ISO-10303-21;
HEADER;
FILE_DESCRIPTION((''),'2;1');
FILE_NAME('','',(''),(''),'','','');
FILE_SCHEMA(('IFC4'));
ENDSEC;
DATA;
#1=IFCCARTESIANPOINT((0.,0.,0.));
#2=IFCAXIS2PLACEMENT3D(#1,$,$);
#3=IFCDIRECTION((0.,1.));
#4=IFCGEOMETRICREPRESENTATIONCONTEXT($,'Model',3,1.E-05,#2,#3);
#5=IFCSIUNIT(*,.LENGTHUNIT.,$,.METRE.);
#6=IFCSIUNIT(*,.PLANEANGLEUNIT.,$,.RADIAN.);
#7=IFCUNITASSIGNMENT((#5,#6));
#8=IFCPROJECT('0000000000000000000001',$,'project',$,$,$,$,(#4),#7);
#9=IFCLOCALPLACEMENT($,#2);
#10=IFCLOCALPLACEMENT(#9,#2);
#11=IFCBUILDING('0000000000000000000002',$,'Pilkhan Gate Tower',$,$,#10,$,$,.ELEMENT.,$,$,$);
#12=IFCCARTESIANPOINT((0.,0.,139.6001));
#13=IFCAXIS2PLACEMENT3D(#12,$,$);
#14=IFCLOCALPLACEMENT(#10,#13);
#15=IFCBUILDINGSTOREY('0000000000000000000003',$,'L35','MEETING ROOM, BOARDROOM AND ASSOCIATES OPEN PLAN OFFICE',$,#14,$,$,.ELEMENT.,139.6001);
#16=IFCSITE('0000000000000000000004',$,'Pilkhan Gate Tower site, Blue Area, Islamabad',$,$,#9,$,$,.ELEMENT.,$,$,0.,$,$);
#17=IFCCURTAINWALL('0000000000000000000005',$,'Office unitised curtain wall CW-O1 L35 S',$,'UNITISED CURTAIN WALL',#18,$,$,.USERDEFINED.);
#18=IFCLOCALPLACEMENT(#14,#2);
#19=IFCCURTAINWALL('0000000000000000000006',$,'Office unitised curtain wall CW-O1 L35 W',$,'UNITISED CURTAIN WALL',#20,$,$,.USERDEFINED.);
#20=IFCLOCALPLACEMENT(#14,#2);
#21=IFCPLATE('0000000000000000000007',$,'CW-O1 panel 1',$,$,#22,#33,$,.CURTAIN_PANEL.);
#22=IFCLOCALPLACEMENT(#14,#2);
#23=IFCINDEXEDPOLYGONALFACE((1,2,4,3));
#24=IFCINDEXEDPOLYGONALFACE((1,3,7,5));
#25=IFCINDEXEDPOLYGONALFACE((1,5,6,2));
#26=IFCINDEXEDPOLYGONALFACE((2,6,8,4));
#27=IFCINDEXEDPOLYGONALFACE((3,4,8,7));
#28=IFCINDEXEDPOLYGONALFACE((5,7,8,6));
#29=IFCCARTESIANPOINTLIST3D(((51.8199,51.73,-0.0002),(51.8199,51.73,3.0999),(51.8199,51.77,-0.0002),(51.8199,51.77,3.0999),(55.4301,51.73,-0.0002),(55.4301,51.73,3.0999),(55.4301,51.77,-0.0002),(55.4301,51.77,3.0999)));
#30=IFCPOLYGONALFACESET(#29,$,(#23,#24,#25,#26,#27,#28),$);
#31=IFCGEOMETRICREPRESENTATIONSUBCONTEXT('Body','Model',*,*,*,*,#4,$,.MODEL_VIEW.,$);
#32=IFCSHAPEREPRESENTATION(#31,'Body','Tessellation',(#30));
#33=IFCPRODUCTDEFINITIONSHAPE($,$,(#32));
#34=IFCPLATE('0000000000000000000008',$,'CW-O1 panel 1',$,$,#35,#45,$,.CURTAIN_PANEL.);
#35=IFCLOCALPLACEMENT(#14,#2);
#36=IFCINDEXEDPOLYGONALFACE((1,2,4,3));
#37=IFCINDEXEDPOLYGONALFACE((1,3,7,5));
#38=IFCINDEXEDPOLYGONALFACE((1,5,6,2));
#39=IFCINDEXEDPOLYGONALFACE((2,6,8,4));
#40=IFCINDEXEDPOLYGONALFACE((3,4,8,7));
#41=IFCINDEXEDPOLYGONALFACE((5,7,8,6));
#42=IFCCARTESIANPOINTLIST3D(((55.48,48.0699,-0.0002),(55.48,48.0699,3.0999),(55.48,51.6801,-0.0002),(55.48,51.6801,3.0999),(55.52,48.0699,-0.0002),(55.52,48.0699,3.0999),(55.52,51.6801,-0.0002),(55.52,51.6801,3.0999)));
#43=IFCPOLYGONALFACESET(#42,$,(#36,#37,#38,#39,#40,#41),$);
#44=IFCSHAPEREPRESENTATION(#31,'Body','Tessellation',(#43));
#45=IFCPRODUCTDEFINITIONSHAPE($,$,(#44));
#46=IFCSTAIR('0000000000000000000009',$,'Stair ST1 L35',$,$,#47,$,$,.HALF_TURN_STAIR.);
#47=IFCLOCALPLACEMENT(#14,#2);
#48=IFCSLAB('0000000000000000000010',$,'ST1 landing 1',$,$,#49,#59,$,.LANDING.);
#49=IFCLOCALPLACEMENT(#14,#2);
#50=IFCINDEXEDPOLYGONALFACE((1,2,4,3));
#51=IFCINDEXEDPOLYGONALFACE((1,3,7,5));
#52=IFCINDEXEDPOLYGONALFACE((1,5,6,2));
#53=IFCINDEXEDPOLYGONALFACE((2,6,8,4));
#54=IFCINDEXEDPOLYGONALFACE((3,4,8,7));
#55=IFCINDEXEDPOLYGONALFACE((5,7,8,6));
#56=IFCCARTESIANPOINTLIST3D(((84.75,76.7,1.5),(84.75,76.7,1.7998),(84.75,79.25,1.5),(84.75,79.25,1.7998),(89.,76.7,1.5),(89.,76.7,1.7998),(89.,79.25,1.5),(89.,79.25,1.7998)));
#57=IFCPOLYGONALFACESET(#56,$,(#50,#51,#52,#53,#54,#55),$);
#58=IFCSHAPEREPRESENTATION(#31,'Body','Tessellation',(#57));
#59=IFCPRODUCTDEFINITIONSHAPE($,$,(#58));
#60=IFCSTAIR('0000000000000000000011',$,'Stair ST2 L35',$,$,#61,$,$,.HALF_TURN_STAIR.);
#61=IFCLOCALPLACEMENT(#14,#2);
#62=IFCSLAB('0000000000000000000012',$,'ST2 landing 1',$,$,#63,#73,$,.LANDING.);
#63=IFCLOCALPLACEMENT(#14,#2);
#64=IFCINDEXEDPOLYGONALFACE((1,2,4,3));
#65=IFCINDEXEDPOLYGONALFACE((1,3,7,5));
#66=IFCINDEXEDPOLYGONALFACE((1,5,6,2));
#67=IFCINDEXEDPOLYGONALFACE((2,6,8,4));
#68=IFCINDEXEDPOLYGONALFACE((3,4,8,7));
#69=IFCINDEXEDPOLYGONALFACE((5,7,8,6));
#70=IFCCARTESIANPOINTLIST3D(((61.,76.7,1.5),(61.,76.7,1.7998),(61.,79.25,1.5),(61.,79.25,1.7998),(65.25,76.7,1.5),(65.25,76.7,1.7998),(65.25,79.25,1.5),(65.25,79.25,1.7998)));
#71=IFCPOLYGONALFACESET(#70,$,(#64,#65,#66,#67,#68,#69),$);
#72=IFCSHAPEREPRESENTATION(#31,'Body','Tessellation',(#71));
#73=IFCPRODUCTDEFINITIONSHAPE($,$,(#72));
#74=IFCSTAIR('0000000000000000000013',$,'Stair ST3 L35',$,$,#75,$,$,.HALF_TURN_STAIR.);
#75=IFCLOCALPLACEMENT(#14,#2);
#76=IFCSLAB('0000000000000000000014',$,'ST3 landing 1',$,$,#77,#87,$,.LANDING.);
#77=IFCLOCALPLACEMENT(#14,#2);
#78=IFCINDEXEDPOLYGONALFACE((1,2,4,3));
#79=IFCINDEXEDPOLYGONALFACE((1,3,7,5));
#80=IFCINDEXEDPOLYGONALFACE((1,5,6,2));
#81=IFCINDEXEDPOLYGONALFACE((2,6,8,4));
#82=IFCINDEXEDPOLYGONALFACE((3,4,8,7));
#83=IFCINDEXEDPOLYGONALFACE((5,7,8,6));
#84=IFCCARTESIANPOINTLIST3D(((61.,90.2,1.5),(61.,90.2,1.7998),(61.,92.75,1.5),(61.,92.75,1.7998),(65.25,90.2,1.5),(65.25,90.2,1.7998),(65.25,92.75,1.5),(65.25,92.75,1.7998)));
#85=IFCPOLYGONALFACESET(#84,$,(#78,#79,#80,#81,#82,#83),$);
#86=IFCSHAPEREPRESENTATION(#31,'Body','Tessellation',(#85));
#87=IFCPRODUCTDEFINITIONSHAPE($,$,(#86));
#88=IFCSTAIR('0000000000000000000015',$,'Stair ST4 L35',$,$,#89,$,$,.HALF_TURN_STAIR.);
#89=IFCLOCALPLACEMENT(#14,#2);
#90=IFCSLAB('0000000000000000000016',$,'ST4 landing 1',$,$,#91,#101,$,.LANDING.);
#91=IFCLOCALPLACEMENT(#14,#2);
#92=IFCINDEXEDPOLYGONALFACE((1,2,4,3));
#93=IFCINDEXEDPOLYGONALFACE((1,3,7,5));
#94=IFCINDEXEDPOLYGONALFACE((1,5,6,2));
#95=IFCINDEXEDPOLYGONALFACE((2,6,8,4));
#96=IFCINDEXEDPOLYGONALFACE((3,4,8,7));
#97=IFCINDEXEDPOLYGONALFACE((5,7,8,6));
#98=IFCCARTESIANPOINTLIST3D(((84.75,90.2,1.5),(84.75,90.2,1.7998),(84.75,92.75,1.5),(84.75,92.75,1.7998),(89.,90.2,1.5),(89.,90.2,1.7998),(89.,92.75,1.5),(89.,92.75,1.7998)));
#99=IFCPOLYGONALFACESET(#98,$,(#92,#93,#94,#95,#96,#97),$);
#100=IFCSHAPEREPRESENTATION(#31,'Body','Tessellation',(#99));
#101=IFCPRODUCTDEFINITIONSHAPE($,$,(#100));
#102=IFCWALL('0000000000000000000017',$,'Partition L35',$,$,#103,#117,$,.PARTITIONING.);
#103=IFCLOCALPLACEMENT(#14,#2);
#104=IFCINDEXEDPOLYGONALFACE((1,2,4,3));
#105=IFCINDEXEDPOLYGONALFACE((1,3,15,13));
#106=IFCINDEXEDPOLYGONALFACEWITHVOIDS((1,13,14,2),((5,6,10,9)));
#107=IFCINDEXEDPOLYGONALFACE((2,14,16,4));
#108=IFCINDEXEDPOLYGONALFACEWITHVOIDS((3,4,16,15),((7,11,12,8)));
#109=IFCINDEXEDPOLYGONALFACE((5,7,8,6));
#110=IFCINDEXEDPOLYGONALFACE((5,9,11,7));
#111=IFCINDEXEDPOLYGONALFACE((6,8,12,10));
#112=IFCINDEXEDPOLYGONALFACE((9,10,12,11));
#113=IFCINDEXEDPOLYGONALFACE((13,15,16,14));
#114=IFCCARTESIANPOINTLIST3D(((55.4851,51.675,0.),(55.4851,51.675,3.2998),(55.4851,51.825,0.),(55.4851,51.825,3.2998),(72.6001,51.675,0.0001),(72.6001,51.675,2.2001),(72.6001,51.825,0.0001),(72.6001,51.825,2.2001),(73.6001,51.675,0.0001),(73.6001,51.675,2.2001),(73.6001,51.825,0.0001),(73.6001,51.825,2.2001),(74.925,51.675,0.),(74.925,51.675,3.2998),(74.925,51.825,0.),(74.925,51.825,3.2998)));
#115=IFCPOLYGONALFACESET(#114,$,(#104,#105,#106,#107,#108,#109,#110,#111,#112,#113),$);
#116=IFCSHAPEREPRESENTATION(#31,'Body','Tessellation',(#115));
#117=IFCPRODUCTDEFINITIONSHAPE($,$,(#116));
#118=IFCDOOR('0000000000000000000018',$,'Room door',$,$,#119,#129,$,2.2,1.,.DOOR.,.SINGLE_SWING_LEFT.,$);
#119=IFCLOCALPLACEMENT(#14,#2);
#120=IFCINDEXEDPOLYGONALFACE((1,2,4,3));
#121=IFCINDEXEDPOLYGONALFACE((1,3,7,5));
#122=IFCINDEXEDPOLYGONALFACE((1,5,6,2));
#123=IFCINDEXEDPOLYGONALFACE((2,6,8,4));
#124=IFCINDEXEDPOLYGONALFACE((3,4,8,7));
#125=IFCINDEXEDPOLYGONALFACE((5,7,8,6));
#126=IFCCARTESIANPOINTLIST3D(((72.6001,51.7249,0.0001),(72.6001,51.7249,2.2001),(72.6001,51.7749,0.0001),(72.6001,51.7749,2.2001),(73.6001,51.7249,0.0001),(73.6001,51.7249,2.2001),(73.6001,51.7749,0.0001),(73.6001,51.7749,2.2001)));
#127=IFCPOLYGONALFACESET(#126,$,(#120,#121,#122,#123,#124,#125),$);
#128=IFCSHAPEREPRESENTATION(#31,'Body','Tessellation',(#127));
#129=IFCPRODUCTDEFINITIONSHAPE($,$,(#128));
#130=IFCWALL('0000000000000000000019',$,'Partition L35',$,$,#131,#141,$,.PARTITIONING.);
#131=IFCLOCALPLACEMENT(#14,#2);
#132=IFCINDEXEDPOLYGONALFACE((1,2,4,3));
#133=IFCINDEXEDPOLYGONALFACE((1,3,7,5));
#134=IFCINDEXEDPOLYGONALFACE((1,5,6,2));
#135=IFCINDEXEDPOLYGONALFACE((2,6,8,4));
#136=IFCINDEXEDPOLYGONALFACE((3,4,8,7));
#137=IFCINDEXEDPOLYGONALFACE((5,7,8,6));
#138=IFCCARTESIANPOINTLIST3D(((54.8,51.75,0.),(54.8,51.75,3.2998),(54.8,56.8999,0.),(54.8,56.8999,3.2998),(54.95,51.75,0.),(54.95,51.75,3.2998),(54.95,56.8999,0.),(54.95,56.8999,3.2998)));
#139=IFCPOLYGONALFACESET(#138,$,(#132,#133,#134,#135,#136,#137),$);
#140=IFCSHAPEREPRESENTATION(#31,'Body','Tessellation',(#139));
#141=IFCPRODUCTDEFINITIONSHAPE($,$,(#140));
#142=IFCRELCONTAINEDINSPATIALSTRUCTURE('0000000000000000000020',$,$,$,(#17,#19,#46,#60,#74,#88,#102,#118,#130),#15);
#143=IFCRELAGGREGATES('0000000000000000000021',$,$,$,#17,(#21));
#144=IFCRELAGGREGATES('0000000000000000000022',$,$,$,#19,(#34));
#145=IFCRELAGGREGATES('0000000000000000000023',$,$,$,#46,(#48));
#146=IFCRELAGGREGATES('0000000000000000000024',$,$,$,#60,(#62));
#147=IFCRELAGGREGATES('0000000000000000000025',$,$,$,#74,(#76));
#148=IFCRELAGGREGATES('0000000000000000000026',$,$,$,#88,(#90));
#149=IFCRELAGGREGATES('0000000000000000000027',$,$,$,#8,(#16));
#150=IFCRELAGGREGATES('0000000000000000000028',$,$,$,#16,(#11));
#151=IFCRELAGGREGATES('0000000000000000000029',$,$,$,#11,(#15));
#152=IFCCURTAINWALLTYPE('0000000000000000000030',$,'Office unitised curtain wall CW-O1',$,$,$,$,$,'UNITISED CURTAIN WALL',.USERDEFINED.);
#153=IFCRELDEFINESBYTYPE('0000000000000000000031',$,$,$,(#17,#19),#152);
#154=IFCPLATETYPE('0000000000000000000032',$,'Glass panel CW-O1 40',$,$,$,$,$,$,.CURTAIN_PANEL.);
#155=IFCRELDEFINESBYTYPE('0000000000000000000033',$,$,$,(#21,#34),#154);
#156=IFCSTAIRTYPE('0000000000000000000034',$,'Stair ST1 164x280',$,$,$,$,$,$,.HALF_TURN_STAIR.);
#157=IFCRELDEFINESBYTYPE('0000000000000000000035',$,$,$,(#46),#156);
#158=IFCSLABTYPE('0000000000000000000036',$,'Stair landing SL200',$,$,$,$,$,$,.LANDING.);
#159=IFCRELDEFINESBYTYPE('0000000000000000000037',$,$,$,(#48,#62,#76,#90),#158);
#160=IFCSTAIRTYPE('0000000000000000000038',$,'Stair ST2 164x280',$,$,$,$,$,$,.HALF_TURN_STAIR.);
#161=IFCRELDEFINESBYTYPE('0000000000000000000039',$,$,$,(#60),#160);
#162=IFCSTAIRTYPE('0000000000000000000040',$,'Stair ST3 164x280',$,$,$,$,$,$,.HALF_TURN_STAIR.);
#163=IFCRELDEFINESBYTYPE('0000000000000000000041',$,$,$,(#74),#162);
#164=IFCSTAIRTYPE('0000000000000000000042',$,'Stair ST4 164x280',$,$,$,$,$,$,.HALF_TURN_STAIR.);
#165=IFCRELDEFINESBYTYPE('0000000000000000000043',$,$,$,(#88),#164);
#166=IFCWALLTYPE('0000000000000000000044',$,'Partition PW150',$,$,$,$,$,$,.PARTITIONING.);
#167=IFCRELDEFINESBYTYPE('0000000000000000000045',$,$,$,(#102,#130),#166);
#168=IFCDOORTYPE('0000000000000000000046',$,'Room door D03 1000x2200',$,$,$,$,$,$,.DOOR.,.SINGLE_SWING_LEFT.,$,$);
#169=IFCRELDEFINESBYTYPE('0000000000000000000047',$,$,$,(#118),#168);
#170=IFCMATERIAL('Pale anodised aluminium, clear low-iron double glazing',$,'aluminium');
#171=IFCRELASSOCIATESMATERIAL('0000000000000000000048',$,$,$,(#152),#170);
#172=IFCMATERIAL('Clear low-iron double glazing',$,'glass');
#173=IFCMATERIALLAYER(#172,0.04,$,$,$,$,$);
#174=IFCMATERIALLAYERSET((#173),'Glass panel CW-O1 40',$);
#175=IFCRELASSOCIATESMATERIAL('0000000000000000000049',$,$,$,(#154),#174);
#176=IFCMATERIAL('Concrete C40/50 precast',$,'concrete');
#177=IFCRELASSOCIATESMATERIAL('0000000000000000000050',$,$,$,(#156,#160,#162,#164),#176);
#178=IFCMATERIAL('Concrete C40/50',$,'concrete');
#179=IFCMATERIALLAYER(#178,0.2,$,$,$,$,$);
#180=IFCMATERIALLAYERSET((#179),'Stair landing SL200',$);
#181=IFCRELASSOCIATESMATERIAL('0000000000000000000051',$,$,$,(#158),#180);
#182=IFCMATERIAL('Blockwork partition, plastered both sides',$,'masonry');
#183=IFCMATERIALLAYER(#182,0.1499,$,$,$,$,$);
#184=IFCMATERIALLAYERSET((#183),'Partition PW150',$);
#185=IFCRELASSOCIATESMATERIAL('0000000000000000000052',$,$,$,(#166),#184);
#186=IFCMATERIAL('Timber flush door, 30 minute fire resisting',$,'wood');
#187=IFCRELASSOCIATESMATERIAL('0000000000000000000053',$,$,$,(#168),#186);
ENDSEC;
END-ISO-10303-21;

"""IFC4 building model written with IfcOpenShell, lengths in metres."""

from ifc_helpers import new_model, si_unit, direction, frame, frame_2d, origin, origin_2d, place, context, subcontext, project, spatial, polyline, rectangle, outline, extrude, material, layer, layer_set, type_object, element, fill, aggregate, save


model = new_model("IFC4")

# Units and contexts
model_context = context("Model", 3, precision=1e-05, world=origin(), true_north=direction((0.0, 1.0)))
body_context = subcontext(model_context, "Body", "Model", "MODEL_VIEW")
ifc_project = project(units=[si_unit("LENGTHUNIT", "METRE"), si_unit("PLANEANGLEUNIT", "RADIAN")], contexts=[model_context])

# Site, building, storey
site_placement = place(None, origin())
site = spatial("IfcSite", under=ifc_project, at=site_placement, Name="Pilkhan Gate Tower site, Blue Area, Islamabad", CompositionType="ELEMENT", RefElevation=0.0)
building_placement = place(site_placement, origin())
building = spatial("IfcBuilding", under=site, at=building_placement, Name="Pilkhan Gate Tower", CompositionType="ELEMENT")
storey_placement = place(building_placement, frame((0.0, 0.0, 139.6001)))
storey = spatial("IfcBuildingStorey", under=building, at=storey_placement, Name="L35", Description="MEETING ROOM, BOARDROOM AND ASSOCIATES OPEN PLAN OFFICE", CompositionType="ELEMENT", Elevation=139.6001)

# Curtain walls
ifc_material_1 = material(Name="Pale anodised aluminium, clear low-iron double glazing", Category="aluminium")
curtain_wall_type = type_object("IfcCurtainWallType", Name="Office unitised curtain wall CW-O1", ElementType="UNITISED CURTAIN WALL", PredefinedType="USERDEFINED", material=ifc_material_1)
curtain_wall_1_placement = place(storey_placement, origin())
curtain_wall_1 = element("IfcCurtainWall", 1, at=curtain_wall_1_placement, inside=storey, type_object=curtain_wall_type, Name="Office unitised curtain wall CW-O1 L35 S", ObjectType="UNITISED CURTAIN WALL", PredefinedType="USERDEFINED")
curtain_wall_2_placement = place(storey_placement, origin())
curtain_wall_2 = element("IfcCurtainWall", 2, at=curtain_wall_2_placement, inside=storey, type_object=curtain_wall_type, Name="Office unitised curtain wall CW-O1 L35 W", ObjectType="UNITISED CURTAIN WALL", PredefinedType="USERDEFINED")

# Shared definitions
ifc_material_2 = material(Name="Concrete C40/50", Category="concrete")

# Plates
ifc_material_3 = material(Name="Clear low-iron double glazing", Category="glass")
ifc_layer_1 = layer(ifc_material_3, 0.04)
ifc_layer_set_1 = layer_set([ifc_layer_1], Name="Glass panel CW-O1 40")
plate_type = type_object("IfcPlateType", Name="Glass panel CW-O1 40", PredefinedType="CURTAIN_PANEL", material=ifc_layer_set_1)
plate_1_placement = place(storey_placement, frame((53.625, 51.75, -0.0002), z_axis=(0.0, 0.0, 1.0), x_axis=(1.0, 0.0, 0.0)))
plate_1 = element("IfcPlate", 3, at=plate_1_placement, type_object=plate_type, Name="CW-O1 panel 1", PredefinedType="CURTAIN_PANEL", context=body_context, shape_type="SweptSolid", body=[
    extrude(rectangle(XDim=3.6101, YDim=0.04, at=origin_2d()), origin(), (0.0, 0.0, 1.0), 3.1001),
])
aggregate(curtain_wall_1, [plate_1])
plate_2_placement = place(storey_placement, frame((55.5, 49.875, -0.0002), z_axis=(0.0, 0.0, 1.0), x_axis=(0.0, 1.0, 0.0)))
plate_2 = element("IfcPlate", 4, at=plate_2_placement, type_object=plate_type, Name="CW-O1 panel 1", PredefinedType="CURTAIN_PANEL", context=body_context, shape_type="SweptSolid", body=[
    extrude(rectangle(XDim=3.6101, YDim=0.04, at=origin_2d()), origin(), (0.0, 0.0, 1.0), 3.1001),
])
aggregate(curtain_wall_2, [plate_2])

# Stairs, slabs
ifc_material_4 = material(Name="Concrete C40/50 precast", Category="concrete")
stair_type_1 = type_object("IfcStairType", Name="Stair ST1 164x280", PredefinedType="HALF_TURN_STAIR", material=ifc_material_4)
stair_1_placement = place(storey_placement, origin())
stair_1 = element("IfcStair", 5, at=stair_1_placement, inside=storey, type_object=stair_type_1, Name="Stair ST1 L35", PredefinedType="HALF_TURN_STAIR")
ifc_layer_2 = layer(ifc_material_2, 0.2)
ifc_layer_set_2 = layer_set([ifc_layer_2], Name="Stair landing SL200")
slab_type_1 = type_object("IfcSlabType", Name="Stair landing SL200", PredefinedType="LANDING", material=ifc_layer_set_2)
slab_1_placement = place(storey_placement, frame((0.0, 0.0, 1.5)))
slab_1 = element("IfcSlab", 6, at=slab_1_placement, type_object=slab_type_1, Name="ST1 landing 1", PredefinedType="LANDING", context=body_context, shape_type="SweptSolid", body=[
    extrude(outline(polyline([(89.0, 76.7), (89.0, 79.25), (84.75, 79.25), (84.75, 76.7), (89.0, 76.7)])), origin(), (0.0, 0.0, 1.0), 0.2998),
])
aggregate(stair_1, [slab_1])
stair_type_2 = type_object("IfcStairType", Name="Stair ST2 164x280", PredefinedType="HALF_TURN_STAIR", material=ifc_material_4)
stair_2_placement = place(storey_placement, origin())
stair_2 = element("IfcStair", 7, at=stair_2_placement, inside=storey, type_object=stair_type_2, Name="Stair ST2 L35", PredefinedType="HALF_TURN_STAIR")
slab_2_placement = place(storey_placement, frame((0.0, 0.0, 1.5)))
slab_2 = element("IfcSlab", 8, at=slab_2_placement, type_object=slab_type_1, Name="ST2 landing 1", PredefinedType="LANDING", context=body_context, shape_type="SweptSolid", body=[
    extrude(outline(polyline([(65.25, 76.7), (65.25, 79.25), (61.0, 79.25), (61.0, 76.7), (65.25, 76.7)])), origin(), (0.0, 0.0, 1.0), 0.2998),
])
aggregate(stair_2, [slab_2])
stair_type_3 = type_object("IfcStairType", Name="Stair ST3 164x280", PredefinedType="HALF_TURN_STAIR", material=ifc_material_4)
stair_3_placement = place(storey_placement, origin())
stair_3 = element("IfcStair", 9, at=stair_3_placement, inside=storey, type_object=stair_type_3, Name="Stair ST3 L35", PredefinedType="HALF_TURN_STAIR")
slab_3_placement = place(storey_placement, frame((0.0, 0.0, 1.5)))
slab_3 = element("IfcSlab", 10, at=slab_3_placement, type_object=slab_type_1, Name="ST3 landing 1", PredefinedType="LANDING", context=body_context, shape_type="SweptSolid", body=[
    extrude(outline(polyline([(65.25, 90.2), (65.25, 92.75), (61.0, 92.75), (61.0, 90.2), (65.25, 90.2)])), origin(), (0.0, 0.0, 1.0), 0.2998),
])
aggregate(stair_3, [slab_3])
stair_type_4 = type_object("IfcStairType", Name="Stair ST4 164x280", PredefinedType="HALF_TURN_STAIR", material=ifc_material_4)
stair_4_placement = place(storey_placement, origin())
stair_4 = element("IfcStair", 11, at=stair_4_placement, inside=storey, type_object=stair_type_4, Name="Stair ST4 L35", PredefinedType="HALF_TURN_STAIR")
slab_4_placement = place(storey_placement, frame((0.0, 0.0, 1.5)))
slab_4 = element("IfcSlab", 12, at=slab_4_placement, type_object=slab_type_1, Name="ST4 landing 1", PredefinedType="LANDING", context=body_context, shape_type="SweptSolid", body=[
    extrude(outline(polyline([(89.0, 90.2), (89.0, 92.75), (84.75, 92.75), (84.75, 90.2), (89.0, 90.2)])), origin(), (0.0, 0.0, 1.0), 0.2998),
])
aggregate(stair_4, [slab_4])

# Wall, opening, door
ifc_material_5 = material(Name="Blockwork partition, plastered both sides", Category="masonry")
ifc_layer_3 = layer(ifc_material_5, 0.1499)
ifc_layer_set_3 = layer_set([ifc_layer_3], Name="Partition PW150")
wall_type = type_object("IfcWallType", Name="Partition PW150", PredefinedType="PARTITIONING", material=ifc_layer_set_3)
wall_1_placement = place(storey_placement, frame((55.4851, 51.75, 0.0), z_axis=(0.0, 0.0, 1.0), x_axis=(1.0, 0.0, 0.0)))
wall_1 = element("IfcWall", 13, at=wall_1_placement, inside=storey, type_object=wall_type, Name="Partition L35", PredefinedType="PARTITIONING", context=body_context, shape_type="SweptSolid", body=[
    extrude(rectangle(XDim=19.4399, YDim=0.1499, at=frame_2d((9.72, 0.0))), origin(), (0.0, 0.0, 1.0), 3.2998),
])
opening_placement = place(wall_1_placement, frame((17.115, 0.0, 0.0)))
opening = element("IfcOpeningElement", 14, at=opening_placement, cuts=wall_1, PredefinedType="OPENING", context=body_context, shape_type="SweptSolid", body=[
    extrude(rectangle(XDim=1.0, YDim=2.2, at=frame_2d((0.5, 1.1001))), frame((0.0, 0.085, 0.0), z_axis=(0.0, -1.0, 0.0), x_axis=(1.0, 0.0, 0.0)), (0.0, 0.0, 1.0), 0.1699),
])
ifc_material_6 = material(Name="Timber flush door, 30 minute fire resisting", Category="wood")
door_type = type_object("IfcDoorType", Name="Room door D03 1000x2200", OperationType="SINGLE_SWING_LEFT", PredefinedType="DOOR", material=ifc_material_6)
door_placement = place(opening_placement, origin())
door = element("IfcDoor", 15, at=door_placement, inside=storey, type_object=door_type, Name="Room door", OperationType="SINGLE_SWING_LEFT", OverallHeight=2.2, OverallWidth=1.0, PredefinedType="DOOR", context=body_context, shape_type="SweptSolid", body=[
    extrude(rectangle(XDim=1.0, YDim=2.2, at=frame_2d((0.5, 1.1001))), frame((0.0, 0.0249, 0.0), z_axis=(0.0, -1.0, 0.0), x_axis=(1.0, 0.0, 0.0)), (0.0, 0.0, 1.0), 0.05),
])
fill(opening, door)

# Wall
wall_2_placement = place(storey_placement, frame((54.875, 51.75, 0.0), z_axis=(0.0, 0.0, 1.0), x_axis=(0.0, 1.0, 0.0)))
element("IfcWall", 16, at=wall_2_placement, inside=storey, type_object=wall_type, Name="Partition L35", PredefinedType="PARTITIONING", context=body_context, shape_type="SweptSolid", body=[
    extrude(rectangle(XDim=5.1499, YDim=0.1499, at=frame_2d((2.575, 0.0))), origin(), (0.0, 0.0, 1.0), 3.2998),
])

save(model, "model.ifc")
